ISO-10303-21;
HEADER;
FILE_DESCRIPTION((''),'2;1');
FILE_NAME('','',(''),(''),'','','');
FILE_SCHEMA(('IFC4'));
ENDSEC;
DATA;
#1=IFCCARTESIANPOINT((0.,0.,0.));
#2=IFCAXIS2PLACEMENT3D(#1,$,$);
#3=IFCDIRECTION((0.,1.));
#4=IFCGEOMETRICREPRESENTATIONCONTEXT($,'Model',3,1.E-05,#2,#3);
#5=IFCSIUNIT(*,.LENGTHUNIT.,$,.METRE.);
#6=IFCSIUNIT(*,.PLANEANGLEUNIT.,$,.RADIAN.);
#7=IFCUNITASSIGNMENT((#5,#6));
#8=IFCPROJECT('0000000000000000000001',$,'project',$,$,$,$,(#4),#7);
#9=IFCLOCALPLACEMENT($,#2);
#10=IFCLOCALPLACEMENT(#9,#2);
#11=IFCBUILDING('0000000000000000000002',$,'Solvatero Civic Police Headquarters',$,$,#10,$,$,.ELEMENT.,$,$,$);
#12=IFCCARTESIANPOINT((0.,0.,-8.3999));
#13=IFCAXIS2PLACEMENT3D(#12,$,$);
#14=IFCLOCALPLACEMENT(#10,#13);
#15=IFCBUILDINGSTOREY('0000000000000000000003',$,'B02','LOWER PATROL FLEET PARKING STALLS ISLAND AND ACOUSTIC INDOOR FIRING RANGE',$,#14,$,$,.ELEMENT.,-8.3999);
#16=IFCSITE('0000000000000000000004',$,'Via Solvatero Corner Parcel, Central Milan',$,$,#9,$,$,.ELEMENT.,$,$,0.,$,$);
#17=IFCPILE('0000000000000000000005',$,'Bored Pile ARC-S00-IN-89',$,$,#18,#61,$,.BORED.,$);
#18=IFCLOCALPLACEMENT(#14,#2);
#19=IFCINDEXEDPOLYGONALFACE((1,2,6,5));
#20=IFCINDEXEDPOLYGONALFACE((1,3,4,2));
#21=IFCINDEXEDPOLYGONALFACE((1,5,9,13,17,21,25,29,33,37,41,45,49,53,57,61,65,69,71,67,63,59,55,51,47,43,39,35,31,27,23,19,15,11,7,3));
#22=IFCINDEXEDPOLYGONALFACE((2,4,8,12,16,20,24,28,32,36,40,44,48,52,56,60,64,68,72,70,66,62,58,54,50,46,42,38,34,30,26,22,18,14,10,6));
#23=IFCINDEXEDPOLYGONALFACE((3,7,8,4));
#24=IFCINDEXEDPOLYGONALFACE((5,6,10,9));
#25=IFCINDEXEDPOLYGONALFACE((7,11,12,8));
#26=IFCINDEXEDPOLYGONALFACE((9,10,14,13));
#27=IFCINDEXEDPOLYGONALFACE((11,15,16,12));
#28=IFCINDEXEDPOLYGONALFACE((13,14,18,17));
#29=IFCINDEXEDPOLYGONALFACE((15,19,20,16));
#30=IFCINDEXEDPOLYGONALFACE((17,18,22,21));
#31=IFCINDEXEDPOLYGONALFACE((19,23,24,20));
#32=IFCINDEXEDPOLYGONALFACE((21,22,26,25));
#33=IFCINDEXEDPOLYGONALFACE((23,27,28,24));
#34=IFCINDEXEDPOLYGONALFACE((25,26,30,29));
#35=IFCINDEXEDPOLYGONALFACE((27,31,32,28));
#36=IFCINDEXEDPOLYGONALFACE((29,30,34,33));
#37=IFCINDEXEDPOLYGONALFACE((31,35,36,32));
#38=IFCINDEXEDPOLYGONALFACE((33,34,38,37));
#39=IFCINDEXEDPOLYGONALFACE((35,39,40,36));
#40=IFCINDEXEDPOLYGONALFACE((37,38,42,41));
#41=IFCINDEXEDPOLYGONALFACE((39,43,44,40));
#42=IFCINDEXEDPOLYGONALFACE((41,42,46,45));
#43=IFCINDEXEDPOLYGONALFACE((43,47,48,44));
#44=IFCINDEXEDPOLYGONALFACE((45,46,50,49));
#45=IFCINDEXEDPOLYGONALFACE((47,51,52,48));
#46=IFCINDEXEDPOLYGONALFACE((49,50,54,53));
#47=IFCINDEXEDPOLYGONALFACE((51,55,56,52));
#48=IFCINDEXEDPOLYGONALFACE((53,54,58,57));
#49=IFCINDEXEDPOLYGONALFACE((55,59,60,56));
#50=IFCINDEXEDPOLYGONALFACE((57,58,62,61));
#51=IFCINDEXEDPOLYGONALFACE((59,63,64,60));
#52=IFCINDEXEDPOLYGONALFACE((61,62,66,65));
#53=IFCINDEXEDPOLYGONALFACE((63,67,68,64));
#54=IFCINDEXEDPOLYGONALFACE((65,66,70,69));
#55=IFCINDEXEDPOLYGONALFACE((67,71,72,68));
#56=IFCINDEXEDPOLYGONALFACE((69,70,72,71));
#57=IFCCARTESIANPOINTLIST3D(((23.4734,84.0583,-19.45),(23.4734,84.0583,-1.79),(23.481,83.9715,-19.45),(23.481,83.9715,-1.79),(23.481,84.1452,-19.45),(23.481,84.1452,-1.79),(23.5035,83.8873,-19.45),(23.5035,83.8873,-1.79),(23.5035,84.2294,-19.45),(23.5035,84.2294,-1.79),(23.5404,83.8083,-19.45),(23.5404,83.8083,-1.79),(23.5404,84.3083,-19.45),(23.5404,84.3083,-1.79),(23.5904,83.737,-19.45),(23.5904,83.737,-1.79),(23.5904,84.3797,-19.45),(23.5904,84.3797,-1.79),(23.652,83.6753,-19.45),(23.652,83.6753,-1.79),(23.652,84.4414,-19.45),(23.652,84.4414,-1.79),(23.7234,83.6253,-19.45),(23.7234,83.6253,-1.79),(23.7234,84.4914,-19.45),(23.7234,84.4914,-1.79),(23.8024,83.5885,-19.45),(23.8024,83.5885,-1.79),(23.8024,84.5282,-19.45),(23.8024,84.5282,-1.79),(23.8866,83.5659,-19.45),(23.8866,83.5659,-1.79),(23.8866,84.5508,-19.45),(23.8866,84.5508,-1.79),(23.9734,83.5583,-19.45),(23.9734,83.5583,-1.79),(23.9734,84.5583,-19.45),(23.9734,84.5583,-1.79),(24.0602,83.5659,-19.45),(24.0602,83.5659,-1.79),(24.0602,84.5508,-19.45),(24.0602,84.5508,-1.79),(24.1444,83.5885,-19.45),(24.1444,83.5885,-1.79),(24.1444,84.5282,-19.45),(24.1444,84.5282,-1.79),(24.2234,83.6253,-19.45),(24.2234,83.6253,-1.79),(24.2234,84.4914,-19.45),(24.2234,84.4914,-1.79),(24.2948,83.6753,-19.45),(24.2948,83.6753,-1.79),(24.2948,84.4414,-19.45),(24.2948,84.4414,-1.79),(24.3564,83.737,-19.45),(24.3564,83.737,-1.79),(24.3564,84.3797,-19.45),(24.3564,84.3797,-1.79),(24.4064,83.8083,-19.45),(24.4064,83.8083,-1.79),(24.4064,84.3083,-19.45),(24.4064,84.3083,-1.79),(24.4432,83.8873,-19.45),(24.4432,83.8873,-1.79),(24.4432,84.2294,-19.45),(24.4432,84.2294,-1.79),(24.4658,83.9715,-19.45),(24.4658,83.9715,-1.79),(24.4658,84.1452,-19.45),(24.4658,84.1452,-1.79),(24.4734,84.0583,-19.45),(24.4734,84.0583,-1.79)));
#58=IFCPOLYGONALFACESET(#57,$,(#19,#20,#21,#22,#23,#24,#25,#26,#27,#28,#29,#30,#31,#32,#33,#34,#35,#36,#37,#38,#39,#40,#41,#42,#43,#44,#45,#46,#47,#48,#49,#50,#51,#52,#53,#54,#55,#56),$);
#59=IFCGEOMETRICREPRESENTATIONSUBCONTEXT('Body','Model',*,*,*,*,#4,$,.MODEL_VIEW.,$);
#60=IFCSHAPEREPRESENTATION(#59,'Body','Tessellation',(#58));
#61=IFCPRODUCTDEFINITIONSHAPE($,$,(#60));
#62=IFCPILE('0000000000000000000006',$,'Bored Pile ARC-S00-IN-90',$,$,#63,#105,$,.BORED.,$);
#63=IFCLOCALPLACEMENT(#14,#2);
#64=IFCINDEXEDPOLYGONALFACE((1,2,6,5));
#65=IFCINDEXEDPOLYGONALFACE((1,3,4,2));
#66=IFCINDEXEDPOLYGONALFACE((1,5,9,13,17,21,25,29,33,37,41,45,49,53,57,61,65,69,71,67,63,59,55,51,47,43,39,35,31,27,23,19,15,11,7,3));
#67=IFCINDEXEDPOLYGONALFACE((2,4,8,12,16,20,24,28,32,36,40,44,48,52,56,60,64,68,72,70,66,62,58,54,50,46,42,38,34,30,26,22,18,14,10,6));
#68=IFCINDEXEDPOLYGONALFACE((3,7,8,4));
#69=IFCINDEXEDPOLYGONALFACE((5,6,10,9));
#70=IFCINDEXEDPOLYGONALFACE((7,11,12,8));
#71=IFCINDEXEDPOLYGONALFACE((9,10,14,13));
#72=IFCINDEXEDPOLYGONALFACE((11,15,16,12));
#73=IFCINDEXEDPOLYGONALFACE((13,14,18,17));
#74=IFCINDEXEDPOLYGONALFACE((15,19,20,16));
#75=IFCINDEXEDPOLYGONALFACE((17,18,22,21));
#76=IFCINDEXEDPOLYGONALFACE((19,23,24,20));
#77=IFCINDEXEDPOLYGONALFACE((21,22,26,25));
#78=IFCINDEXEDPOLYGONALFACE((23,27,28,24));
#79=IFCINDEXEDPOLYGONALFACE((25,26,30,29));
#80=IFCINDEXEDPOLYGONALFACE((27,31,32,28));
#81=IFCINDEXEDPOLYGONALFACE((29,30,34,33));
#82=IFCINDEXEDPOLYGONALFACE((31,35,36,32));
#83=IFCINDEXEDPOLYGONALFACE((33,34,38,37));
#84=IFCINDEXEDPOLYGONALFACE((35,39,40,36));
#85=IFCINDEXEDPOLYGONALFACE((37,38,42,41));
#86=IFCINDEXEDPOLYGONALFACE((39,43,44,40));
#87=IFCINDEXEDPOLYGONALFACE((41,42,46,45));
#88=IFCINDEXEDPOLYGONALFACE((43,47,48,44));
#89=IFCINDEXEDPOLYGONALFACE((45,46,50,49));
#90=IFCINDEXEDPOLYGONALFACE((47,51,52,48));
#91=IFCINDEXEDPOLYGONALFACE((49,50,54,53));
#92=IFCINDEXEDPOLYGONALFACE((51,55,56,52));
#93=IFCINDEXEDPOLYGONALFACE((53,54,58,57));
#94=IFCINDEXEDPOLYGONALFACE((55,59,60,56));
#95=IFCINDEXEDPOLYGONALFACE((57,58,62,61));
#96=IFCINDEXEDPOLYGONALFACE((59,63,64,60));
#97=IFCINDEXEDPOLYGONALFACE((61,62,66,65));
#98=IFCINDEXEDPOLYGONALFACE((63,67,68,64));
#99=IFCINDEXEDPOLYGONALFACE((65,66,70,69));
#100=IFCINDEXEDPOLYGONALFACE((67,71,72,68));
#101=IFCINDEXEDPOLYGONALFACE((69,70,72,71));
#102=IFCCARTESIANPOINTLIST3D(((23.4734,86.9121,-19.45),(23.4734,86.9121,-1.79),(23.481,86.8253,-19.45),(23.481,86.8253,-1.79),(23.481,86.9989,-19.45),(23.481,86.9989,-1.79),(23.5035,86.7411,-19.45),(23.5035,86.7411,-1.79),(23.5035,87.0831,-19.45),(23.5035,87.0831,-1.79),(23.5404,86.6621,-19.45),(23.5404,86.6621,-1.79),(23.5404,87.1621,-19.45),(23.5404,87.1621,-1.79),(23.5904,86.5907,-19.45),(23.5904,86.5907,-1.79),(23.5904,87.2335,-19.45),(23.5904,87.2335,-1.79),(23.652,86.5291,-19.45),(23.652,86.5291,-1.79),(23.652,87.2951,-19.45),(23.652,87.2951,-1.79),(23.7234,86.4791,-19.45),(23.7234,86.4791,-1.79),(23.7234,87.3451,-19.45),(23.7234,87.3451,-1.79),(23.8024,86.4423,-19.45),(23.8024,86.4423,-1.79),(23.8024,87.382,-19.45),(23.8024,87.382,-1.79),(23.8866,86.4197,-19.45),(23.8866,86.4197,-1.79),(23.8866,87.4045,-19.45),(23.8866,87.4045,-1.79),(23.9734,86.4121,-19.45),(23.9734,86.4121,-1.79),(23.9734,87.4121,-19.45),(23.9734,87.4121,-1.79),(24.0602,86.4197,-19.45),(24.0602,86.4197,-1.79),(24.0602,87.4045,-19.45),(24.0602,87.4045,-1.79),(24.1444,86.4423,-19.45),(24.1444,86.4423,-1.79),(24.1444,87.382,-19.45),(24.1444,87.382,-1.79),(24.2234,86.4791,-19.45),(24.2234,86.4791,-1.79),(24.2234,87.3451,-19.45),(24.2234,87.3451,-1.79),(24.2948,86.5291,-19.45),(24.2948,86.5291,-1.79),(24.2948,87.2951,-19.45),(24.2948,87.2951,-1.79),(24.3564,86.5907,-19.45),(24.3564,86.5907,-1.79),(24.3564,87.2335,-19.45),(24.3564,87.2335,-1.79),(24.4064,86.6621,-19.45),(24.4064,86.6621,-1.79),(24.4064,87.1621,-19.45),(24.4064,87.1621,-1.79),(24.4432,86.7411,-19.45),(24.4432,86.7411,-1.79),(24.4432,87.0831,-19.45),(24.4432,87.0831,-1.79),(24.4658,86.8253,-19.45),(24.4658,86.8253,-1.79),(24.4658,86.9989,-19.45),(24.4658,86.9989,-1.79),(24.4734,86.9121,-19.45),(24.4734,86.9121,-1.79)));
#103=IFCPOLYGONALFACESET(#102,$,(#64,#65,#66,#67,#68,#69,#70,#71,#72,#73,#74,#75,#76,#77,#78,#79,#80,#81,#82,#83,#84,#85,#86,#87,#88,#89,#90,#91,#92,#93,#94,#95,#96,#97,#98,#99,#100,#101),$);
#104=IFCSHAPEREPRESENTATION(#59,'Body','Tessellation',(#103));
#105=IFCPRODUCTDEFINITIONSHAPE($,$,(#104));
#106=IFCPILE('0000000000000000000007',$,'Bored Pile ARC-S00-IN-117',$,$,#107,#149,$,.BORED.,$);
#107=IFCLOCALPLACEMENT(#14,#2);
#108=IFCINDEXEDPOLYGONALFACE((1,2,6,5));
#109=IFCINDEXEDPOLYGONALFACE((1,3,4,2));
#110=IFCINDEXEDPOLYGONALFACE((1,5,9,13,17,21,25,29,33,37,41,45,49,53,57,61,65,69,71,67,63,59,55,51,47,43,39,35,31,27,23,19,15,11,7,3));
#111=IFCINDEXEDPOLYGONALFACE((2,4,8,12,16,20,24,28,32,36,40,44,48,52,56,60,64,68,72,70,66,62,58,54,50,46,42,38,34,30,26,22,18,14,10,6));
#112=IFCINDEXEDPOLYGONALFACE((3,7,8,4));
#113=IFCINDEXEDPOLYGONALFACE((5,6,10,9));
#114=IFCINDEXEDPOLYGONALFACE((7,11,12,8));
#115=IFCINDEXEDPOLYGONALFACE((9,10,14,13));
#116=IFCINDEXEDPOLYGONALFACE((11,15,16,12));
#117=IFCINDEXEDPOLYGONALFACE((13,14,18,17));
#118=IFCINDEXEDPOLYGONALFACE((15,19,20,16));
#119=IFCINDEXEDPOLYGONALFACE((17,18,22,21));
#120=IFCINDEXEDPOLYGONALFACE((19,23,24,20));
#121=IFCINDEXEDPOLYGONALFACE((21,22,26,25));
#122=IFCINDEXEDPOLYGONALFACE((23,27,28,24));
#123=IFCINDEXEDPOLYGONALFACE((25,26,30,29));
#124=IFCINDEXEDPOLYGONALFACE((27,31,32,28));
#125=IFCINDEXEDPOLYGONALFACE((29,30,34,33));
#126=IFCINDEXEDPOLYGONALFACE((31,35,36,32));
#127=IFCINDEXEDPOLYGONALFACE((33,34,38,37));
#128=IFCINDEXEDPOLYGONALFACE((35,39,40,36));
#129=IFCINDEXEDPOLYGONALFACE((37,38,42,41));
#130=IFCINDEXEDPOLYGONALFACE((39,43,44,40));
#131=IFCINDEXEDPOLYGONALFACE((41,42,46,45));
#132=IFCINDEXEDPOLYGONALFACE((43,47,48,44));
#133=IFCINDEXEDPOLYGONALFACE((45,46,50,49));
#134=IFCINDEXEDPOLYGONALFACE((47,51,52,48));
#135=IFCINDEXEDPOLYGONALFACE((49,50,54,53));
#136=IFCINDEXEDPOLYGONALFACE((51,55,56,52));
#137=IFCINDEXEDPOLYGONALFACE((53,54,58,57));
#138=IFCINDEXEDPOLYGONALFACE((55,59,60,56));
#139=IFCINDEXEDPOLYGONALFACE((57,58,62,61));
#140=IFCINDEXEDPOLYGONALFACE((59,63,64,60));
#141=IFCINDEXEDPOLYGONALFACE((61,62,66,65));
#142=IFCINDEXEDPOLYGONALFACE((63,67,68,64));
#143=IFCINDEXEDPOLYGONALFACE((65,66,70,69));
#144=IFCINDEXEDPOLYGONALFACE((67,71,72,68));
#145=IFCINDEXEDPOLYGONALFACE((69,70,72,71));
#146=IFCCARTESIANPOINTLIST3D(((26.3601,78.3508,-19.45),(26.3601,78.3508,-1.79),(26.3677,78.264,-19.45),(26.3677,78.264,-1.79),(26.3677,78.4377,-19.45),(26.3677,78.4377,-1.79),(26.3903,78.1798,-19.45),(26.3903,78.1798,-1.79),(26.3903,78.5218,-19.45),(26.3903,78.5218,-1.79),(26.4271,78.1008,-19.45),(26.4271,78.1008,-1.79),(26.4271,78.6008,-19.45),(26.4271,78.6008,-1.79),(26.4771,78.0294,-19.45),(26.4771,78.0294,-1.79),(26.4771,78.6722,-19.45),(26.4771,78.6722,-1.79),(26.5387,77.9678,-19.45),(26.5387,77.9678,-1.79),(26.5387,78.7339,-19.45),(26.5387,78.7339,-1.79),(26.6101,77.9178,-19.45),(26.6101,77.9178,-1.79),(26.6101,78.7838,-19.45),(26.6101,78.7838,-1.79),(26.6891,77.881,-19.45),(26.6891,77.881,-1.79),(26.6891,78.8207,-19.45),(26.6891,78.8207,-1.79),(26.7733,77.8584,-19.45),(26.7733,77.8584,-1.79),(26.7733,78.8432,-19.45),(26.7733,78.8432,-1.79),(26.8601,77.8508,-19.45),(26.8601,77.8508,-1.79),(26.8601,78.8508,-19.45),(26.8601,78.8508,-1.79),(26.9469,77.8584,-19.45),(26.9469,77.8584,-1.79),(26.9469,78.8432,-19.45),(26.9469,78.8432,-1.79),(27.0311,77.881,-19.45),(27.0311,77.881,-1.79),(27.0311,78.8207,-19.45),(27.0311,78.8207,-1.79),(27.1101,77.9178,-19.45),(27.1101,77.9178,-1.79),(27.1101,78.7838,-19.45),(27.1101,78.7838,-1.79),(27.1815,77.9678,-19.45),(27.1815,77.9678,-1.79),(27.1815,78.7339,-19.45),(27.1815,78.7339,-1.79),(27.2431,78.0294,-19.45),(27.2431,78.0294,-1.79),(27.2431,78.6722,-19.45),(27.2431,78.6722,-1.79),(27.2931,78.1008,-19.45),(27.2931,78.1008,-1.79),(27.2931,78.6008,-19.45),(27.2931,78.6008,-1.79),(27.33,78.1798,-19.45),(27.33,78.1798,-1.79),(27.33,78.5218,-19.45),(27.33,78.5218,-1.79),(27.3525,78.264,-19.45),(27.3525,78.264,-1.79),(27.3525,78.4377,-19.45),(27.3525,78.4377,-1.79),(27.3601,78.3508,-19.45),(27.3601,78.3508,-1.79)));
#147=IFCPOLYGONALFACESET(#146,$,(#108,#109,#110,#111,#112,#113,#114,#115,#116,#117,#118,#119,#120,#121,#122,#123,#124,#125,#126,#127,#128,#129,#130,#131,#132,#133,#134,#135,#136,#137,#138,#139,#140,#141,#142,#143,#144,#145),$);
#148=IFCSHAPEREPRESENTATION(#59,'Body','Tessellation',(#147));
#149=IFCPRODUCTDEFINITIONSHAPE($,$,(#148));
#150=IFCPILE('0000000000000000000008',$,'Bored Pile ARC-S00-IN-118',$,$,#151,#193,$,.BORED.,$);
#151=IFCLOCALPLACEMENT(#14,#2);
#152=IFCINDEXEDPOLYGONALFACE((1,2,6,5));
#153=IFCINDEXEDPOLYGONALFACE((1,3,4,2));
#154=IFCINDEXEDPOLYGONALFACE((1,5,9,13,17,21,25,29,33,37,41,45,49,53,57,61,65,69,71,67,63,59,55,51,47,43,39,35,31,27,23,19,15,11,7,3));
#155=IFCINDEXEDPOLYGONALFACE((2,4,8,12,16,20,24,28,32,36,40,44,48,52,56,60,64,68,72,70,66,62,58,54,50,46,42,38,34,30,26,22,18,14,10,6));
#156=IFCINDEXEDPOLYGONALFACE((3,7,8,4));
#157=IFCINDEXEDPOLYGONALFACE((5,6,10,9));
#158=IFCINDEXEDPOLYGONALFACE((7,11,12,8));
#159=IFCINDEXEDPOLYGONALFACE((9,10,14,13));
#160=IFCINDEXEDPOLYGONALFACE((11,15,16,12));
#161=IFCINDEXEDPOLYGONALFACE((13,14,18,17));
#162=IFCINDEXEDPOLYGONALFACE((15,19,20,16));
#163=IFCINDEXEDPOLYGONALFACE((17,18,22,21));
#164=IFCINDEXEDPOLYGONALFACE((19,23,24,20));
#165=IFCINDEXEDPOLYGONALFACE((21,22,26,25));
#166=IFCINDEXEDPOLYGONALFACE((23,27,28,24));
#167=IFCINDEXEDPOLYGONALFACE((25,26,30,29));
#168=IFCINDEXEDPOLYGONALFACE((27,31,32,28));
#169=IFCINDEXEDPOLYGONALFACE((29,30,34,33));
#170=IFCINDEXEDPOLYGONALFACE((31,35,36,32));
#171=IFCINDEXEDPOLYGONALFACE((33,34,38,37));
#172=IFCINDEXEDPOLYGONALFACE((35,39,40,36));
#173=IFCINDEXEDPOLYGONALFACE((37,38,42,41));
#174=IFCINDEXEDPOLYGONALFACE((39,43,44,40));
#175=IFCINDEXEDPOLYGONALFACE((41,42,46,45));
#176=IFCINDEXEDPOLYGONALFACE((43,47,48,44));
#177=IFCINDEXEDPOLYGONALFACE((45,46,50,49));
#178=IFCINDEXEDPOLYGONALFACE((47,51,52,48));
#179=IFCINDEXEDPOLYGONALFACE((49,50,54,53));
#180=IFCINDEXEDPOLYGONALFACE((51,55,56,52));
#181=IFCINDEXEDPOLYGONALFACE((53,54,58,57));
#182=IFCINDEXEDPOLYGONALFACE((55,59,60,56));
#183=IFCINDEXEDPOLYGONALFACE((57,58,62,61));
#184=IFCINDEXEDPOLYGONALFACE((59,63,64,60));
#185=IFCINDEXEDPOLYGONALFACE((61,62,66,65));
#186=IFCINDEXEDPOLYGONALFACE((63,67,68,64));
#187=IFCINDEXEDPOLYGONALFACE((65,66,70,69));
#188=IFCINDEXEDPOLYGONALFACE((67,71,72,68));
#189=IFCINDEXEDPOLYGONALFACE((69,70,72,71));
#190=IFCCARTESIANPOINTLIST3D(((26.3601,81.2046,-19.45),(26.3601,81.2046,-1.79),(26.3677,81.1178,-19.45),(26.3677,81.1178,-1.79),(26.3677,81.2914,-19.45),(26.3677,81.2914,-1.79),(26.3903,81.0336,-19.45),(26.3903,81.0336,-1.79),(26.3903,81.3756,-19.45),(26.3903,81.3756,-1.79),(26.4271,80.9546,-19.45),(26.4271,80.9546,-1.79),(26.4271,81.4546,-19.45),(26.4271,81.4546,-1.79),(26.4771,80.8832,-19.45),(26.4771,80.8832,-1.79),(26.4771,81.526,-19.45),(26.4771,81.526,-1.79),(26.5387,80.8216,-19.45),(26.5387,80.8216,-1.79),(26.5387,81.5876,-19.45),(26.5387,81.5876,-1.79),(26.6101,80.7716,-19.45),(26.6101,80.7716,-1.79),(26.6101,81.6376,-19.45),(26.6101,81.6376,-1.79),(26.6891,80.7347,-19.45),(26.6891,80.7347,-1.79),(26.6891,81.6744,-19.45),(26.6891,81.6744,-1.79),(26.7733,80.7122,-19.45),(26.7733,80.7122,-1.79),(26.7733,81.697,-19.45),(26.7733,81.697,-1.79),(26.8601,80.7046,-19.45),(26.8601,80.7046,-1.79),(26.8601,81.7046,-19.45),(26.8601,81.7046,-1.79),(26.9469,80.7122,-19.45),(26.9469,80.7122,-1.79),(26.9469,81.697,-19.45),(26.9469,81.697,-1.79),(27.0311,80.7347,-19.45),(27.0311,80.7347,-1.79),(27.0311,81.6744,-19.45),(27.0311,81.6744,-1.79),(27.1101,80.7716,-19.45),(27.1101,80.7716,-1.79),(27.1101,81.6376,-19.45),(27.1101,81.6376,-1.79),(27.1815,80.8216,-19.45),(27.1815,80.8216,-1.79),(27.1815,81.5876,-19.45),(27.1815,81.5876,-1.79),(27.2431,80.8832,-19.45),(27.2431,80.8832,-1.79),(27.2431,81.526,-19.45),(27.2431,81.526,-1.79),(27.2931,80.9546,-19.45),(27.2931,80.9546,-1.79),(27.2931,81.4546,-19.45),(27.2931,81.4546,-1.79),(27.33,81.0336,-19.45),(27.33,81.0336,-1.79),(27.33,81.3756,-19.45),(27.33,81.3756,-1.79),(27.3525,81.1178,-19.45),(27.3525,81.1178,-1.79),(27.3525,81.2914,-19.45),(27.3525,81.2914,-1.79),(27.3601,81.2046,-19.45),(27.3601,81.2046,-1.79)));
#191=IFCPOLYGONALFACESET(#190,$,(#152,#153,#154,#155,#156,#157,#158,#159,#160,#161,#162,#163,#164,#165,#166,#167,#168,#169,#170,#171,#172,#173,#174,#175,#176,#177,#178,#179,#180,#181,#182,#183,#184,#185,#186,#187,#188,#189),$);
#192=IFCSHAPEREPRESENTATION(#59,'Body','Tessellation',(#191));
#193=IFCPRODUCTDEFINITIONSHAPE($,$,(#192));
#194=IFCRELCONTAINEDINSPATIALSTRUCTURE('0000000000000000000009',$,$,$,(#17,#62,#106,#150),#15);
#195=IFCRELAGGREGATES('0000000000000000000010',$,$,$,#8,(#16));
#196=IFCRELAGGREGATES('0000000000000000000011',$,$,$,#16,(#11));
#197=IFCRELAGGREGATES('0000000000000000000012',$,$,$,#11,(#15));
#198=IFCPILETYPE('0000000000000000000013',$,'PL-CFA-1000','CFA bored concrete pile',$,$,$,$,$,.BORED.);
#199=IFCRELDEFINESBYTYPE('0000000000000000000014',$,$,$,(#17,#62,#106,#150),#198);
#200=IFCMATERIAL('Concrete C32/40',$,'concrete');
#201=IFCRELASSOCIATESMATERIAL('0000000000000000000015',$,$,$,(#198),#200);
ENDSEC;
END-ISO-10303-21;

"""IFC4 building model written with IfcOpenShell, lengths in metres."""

from ifc_helpers import new_model, si_unit, direction, frame, origin, origin_2d, place, context, subcontext, project, spatial, circle, extrude, material, material_profile, profile_set, type_object, element, save


model = new_model("IFC4")

# Units and contexts
model_context = context("Model", 3, precision=1e-05, world=origin(), true_north=direction((0.0, 1.0)))
body_context = subcontext(model_context, "Body", "Model", "MODEL_VIEW")
ifc_project = project(units=[si_unit("LENGTHUNIT", "METRE"), si_unit("PLANEANGLEUNIT", "RADIAN")], contexts=[model_context])

# Site, building, storey
site_placement = place(None, origin())
site = spatial("IfcSite", under=ifc_project, at=site_placement, Name="Via Solvatero Corner Parcel, Central Milan", CompositionType="ELEMENT", RefElevation=0.0)
building_placement = place(site_placement, origin())
building = spatial("IfcBuilding", under=site, at=building_placement, Name="Solvatero Civic Police Headquarters", CompositionType="ELEMENT")
storey_placement = place(building_placement, frame((0.0, 0.0, -8.3999)))
storey = spatial("IfcBuildingStorey", under=building, at=storey_placement, Name="B02", Description="LOWER PATROL FLEET PARKING STALLS ISLAND AND ACOUSTIC INDOOR FIRING RANGE", CompositionType="ELEMENT", Elevation=-8.3999)

# Piles
ifc_material_1 = material(Name="Concrete C32/40", Category="concrete")
ifc_material_profile_1 = material_profile(ifc_material_1, circle(Radius=0.5, at=origin_2d()), Name="CFA PILE D1000")
ifc_profile_set_1 = profile_set([ifc_material_profile_1], Name="Concrete C32/40")
pile_type = type_object("IfcPileType", Name="PL-CFA-1000", Description="CFA bored concrete pile", PredefinedType="BORED", material=ifc_profile_set_1)
for number, where, z_axis, x_axis, name in (
    (1, (23.9734, 84.0583, -1.79), (0.0, 0.0, -1.0), (1.0, 0.0, 0.0), "Bored Pile ARC-S00-IN-89"),
    (2, (23.9734, 86.9121, -1.79), (0.0, 0.0, -1.0), (1.0, 0.0, 0.0), "Bored Pile ARC-S00-IN-90"),
    (3, (26.8601, 78.3508, -1.79), (0.0, 0.0, -1.0), (1.0, 0.0, 0.0), "Bored Pile ARC-S00-IN-117"),
    (4, (26.8601, 81.2046, -1.79), (0.0, 0.0, -1.0), (1.0, 0.0, 0.0), "Bored Pile ARC-S00-IN-118"),
):
    element("IfcPile", number, at=place(storey_placement, frame(where, z_axis=z_axis, x_axis=x_axis)), inside=storey, type_object=pile_type, Name=name, PredefinedType="BORED", context=body_context, shape_type="SweptSolid", body=[
        extrude(circle(Radius=0.5, at=origin_2d()), origin(), (0.0, 0.0, 1.0), 17.6599),
    ])

save(model, "model.ifc")
